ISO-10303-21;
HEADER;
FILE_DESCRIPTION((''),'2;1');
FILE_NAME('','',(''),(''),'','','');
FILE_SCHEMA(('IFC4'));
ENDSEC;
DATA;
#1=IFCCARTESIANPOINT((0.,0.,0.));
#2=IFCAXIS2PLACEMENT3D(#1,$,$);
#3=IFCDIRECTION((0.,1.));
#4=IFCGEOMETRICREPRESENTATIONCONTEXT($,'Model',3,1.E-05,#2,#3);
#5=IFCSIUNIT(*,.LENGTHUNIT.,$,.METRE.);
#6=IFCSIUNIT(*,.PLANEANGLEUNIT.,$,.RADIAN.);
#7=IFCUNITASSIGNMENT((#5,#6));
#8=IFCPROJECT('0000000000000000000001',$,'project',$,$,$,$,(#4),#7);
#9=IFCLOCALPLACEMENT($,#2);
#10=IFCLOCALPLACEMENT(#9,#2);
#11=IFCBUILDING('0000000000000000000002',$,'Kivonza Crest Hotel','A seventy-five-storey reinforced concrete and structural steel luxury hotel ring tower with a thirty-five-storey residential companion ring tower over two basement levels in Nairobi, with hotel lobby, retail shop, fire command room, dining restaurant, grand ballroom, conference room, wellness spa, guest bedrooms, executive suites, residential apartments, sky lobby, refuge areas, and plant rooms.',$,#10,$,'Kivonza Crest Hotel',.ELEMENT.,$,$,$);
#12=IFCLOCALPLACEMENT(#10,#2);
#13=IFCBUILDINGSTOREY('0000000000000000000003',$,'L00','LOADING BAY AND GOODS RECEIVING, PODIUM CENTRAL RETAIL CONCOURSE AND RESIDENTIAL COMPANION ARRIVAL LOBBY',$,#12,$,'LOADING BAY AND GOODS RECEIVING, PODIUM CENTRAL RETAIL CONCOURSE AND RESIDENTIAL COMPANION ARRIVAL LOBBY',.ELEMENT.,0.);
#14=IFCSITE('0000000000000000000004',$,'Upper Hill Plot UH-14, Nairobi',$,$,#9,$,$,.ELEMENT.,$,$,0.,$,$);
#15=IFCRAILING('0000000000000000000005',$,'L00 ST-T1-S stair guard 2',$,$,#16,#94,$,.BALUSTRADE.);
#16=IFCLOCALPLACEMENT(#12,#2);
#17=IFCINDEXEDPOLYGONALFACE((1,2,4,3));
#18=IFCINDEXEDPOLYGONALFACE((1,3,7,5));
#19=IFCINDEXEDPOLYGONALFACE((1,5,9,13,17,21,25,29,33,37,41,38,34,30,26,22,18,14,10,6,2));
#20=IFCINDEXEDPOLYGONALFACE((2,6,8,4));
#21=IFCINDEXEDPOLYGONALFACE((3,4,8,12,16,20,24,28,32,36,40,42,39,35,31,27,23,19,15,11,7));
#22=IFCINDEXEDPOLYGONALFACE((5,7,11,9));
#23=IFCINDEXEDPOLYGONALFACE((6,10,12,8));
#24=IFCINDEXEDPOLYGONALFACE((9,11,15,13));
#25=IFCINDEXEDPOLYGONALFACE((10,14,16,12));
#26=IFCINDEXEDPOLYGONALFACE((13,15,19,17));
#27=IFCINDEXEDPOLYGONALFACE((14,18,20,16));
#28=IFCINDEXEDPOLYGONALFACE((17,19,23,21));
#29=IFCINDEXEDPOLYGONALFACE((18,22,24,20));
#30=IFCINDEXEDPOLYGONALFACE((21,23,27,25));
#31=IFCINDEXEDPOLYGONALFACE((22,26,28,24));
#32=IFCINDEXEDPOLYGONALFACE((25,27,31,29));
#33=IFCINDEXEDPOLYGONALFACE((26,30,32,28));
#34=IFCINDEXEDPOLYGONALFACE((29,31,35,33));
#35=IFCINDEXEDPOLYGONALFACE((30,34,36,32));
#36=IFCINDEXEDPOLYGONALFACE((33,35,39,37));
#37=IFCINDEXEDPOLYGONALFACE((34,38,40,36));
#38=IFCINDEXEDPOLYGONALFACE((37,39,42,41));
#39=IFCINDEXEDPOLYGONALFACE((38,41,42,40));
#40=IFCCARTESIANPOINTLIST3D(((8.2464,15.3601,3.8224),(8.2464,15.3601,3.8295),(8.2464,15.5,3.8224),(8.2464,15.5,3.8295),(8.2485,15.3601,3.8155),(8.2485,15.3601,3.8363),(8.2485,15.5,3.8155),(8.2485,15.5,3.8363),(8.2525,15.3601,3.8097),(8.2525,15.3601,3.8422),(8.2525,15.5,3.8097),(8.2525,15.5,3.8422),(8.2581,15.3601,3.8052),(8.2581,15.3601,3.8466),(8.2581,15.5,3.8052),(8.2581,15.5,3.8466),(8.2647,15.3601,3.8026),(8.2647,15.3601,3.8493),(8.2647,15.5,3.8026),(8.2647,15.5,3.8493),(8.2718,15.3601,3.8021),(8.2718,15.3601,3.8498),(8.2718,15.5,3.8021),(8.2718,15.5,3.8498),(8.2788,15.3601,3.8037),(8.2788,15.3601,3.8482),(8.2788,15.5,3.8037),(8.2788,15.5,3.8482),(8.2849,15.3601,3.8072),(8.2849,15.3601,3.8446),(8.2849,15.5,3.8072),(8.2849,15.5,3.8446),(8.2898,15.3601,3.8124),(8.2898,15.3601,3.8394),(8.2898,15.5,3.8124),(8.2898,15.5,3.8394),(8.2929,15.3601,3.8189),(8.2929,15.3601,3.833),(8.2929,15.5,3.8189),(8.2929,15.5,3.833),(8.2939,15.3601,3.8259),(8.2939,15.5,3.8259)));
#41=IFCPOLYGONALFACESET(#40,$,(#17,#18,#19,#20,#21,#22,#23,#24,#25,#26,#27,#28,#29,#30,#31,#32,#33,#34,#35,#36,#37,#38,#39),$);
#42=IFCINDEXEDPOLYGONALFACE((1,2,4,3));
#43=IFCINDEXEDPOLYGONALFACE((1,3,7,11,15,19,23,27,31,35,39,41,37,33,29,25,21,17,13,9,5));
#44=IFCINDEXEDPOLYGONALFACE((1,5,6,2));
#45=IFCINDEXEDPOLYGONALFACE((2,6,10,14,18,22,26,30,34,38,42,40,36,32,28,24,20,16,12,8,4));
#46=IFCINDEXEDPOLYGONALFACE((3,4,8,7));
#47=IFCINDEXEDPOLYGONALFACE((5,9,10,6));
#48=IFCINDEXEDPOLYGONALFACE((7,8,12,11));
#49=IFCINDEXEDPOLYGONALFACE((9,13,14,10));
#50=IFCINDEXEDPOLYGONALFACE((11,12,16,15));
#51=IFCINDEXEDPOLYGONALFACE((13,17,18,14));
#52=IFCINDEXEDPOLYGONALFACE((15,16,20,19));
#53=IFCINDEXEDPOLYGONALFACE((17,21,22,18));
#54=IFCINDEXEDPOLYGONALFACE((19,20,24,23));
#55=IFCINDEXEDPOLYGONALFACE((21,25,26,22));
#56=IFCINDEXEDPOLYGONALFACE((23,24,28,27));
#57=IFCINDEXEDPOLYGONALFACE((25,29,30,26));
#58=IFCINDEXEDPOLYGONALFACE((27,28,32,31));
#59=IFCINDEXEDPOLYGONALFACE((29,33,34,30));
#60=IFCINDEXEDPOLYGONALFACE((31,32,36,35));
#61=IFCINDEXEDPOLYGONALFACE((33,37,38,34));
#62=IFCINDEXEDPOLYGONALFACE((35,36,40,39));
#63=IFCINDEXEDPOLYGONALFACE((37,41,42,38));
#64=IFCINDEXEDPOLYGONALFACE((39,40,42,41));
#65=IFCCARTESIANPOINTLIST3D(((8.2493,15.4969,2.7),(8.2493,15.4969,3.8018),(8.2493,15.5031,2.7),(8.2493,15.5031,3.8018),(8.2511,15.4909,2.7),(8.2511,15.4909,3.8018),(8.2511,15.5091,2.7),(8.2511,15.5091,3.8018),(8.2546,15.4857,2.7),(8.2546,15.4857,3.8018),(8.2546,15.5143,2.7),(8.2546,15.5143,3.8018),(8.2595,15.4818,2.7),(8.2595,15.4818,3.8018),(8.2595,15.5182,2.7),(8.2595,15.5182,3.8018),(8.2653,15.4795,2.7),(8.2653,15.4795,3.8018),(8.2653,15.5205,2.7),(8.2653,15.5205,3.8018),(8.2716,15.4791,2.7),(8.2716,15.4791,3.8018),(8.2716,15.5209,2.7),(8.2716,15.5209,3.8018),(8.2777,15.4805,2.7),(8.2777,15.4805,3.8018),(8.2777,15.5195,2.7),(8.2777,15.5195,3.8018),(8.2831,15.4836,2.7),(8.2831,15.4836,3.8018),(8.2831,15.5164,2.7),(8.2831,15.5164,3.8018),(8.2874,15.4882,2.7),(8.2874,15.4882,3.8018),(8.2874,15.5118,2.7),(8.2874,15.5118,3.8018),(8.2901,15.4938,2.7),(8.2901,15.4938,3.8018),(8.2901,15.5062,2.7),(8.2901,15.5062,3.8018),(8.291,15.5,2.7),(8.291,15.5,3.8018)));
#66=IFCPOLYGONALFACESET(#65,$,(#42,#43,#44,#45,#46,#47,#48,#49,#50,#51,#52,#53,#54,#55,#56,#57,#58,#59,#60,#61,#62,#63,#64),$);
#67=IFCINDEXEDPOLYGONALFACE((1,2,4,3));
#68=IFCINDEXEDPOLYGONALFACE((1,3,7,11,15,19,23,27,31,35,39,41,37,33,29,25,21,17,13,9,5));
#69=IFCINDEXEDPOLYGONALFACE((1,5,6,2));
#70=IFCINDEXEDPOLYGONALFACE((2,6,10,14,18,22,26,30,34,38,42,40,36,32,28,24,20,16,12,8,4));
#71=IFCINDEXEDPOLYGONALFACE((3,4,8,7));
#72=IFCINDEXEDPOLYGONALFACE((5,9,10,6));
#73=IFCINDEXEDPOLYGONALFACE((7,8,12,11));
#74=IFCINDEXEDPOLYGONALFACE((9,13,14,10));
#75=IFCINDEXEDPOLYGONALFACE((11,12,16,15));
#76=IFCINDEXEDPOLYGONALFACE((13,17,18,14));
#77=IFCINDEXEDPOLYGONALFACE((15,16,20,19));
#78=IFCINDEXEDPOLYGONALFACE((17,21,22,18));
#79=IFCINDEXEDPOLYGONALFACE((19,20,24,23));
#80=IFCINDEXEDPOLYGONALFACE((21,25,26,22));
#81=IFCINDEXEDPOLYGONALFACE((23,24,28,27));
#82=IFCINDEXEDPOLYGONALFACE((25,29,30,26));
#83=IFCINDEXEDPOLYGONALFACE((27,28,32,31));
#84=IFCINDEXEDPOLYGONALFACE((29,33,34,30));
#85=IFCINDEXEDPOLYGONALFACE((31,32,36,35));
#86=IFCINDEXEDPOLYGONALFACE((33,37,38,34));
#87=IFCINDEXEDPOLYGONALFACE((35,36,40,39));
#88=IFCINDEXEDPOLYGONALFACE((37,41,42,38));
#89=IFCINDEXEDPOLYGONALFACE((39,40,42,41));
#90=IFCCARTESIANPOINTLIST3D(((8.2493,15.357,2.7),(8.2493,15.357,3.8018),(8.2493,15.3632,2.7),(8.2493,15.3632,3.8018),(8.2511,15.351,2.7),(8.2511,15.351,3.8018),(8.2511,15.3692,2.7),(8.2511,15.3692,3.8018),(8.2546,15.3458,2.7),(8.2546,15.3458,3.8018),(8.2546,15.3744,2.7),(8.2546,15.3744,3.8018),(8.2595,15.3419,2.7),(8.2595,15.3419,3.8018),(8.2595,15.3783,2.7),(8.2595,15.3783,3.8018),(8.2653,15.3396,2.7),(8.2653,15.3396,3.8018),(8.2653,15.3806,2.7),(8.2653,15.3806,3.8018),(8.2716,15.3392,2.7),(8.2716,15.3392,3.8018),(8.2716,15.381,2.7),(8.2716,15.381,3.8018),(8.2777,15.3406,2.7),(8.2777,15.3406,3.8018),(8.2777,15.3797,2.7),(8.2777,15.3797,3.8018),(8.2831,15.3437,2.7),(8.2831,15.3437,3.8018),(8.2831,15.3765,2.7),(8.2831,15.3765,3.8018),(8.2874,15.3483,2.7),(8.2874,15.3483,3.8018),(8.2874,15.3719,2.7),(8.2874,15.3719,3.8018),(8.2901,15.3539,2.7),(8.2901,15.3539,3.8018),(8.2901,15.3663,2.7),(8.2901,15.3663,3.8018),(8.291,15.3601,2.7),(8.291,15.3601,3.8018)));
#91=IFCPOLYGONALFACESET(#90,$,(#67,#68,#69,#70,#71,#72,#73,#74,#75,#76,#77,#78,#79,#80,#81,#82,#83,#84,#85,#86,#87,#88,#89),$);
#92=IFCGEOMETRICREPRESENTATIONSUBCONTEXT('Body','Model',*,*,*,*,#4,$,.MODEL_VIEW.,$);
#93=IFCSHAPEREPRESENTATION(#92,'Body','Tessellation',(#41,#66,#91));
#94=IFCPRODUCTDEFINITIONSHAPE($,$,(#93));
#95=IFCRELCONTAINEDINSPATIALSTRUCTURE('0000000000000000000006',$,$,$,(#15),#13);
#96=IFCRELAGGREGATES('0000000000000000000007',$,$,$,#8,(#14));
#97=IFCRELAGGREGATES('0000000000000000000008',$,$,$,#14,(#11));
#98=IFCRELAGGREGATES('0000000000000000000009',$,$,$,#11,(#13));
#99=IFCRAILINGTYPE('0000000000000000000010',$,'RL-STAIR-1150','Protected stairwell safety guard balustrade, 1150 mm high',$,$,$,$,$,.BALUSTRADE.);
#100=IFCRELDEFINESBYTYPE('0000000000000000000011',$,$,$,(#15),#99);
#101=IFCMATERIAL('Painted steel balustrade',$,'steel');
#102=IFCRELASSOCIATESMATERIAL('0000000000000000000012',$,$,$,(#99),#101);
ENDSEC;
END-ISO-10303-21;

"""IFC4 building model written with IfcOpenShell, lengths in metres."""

from ifc_helpers import new_model, si_unit, direction, frame, origin, origin_2d, place, context, subcontext, project, spatial, circle, extrude, material, type_object, element, save


model = new_model("IFC4")

# Units and contexts
model_context = context("Model", 3, precision=1e-05, world=origin(), true_north=direction((0.0, 1.0)))
body_context = subcontext(model_context, "Body", "Model", "MODEL_VIEW")
ifc_project = project(units=[si_unit("LENGTHUNIT", "METRE"), si_unit("PLANEANGLEUNIT", "RADIAN")], contexts=[model_context])

# Site, building, storey
site_placement = place(None, origin())
site = spatial("IfcSite", under=ifc_project, at=site_placement, Name="Upper Hill Plot UH-14, Nairobi", CompositionType="ELEMENT", RefElevation=0.0)
building_placement = place(site_placement, origin())
building = spatial("IfcBuilding", under=site, at=building_placement, Name="Kivonza Crest Hotel", Description="A seventy-five-storey reinforced concrete and structural steel luxury hotel ring tower with a thirty-five-storey residential companion ring tower over two basement levels in Nairobi, with hotel lobby, retail shop, fire command room, dining restaurant, grand ballroom, conference room, wellness spa, guest bedrooms, executive suites, residential apartments, sky lobby, refuge areas, and plant rooms.", LongName="Kivonza Crest Hotel", CompositionType="ELEMENT")
storey_placement = place(building_placement, origin())
storey = spatial("IfcBuildingStorey", under=building, at=storey_placement, Name="L00", Description="LOADING BAY AND GOODS RECEIVING, PODIUM CENTRAL RETAIL CONCOURSE AND RESIDENTIAL COMPANION ARRIVAL LOBBY", LongName="LOADING BAY AND GOODS RECEIVING, PODIUM CENTRAL RETAIL CONCOURSE AND RESIDENTIAL COMPANION ARRIVAL LOBBY", CompositionType="ELEMENT", Elevation=0.0)

# Railing
ifc_material_1 = material(Name="Painted steel balustrade", Category="steel")
railing_type_1 = type_object("IfcRailingType", Name="RL-STAIR-1150", Description="Protected stairwell safety guard balustrade, 1150 mm high", PredefinedType="BALUSTRADE", material=ifc_material_1)
railing_1_placement = place(storey_placement, frame((8.27, 15.5, 2.7)))
element("IfcRailing", 1, at=railing_1_placement, inside=storey, type_object=railing_type_1, Name="L00 ST-T1-S stair guard 2", PredefinedType="BALUSTRADE", context=body_context, shape_type="SweptSolid", body=[
    extrude(circle(Radius=0.0239, at=origin_2d()), frame((0.0, 0.0, 1.126), z_axis=(0.0, -1.0, 0.0), x_axis=(1.0, 0.0, 0.0)), (0.0, 0.0, 1.0), 0.1399),
    extrude(circle(Radius=0.021, at=origin_2d()), origin(), (0.0, 0.0, 1.0), 1.1018),
    extrude(circle(Radius=0.021, at=origin_2d()), frame((0.0, -0.1399, 0.0)), (0.0, 0.0, 1.0), 1.1018),
])

save(model, "model.ifc")
